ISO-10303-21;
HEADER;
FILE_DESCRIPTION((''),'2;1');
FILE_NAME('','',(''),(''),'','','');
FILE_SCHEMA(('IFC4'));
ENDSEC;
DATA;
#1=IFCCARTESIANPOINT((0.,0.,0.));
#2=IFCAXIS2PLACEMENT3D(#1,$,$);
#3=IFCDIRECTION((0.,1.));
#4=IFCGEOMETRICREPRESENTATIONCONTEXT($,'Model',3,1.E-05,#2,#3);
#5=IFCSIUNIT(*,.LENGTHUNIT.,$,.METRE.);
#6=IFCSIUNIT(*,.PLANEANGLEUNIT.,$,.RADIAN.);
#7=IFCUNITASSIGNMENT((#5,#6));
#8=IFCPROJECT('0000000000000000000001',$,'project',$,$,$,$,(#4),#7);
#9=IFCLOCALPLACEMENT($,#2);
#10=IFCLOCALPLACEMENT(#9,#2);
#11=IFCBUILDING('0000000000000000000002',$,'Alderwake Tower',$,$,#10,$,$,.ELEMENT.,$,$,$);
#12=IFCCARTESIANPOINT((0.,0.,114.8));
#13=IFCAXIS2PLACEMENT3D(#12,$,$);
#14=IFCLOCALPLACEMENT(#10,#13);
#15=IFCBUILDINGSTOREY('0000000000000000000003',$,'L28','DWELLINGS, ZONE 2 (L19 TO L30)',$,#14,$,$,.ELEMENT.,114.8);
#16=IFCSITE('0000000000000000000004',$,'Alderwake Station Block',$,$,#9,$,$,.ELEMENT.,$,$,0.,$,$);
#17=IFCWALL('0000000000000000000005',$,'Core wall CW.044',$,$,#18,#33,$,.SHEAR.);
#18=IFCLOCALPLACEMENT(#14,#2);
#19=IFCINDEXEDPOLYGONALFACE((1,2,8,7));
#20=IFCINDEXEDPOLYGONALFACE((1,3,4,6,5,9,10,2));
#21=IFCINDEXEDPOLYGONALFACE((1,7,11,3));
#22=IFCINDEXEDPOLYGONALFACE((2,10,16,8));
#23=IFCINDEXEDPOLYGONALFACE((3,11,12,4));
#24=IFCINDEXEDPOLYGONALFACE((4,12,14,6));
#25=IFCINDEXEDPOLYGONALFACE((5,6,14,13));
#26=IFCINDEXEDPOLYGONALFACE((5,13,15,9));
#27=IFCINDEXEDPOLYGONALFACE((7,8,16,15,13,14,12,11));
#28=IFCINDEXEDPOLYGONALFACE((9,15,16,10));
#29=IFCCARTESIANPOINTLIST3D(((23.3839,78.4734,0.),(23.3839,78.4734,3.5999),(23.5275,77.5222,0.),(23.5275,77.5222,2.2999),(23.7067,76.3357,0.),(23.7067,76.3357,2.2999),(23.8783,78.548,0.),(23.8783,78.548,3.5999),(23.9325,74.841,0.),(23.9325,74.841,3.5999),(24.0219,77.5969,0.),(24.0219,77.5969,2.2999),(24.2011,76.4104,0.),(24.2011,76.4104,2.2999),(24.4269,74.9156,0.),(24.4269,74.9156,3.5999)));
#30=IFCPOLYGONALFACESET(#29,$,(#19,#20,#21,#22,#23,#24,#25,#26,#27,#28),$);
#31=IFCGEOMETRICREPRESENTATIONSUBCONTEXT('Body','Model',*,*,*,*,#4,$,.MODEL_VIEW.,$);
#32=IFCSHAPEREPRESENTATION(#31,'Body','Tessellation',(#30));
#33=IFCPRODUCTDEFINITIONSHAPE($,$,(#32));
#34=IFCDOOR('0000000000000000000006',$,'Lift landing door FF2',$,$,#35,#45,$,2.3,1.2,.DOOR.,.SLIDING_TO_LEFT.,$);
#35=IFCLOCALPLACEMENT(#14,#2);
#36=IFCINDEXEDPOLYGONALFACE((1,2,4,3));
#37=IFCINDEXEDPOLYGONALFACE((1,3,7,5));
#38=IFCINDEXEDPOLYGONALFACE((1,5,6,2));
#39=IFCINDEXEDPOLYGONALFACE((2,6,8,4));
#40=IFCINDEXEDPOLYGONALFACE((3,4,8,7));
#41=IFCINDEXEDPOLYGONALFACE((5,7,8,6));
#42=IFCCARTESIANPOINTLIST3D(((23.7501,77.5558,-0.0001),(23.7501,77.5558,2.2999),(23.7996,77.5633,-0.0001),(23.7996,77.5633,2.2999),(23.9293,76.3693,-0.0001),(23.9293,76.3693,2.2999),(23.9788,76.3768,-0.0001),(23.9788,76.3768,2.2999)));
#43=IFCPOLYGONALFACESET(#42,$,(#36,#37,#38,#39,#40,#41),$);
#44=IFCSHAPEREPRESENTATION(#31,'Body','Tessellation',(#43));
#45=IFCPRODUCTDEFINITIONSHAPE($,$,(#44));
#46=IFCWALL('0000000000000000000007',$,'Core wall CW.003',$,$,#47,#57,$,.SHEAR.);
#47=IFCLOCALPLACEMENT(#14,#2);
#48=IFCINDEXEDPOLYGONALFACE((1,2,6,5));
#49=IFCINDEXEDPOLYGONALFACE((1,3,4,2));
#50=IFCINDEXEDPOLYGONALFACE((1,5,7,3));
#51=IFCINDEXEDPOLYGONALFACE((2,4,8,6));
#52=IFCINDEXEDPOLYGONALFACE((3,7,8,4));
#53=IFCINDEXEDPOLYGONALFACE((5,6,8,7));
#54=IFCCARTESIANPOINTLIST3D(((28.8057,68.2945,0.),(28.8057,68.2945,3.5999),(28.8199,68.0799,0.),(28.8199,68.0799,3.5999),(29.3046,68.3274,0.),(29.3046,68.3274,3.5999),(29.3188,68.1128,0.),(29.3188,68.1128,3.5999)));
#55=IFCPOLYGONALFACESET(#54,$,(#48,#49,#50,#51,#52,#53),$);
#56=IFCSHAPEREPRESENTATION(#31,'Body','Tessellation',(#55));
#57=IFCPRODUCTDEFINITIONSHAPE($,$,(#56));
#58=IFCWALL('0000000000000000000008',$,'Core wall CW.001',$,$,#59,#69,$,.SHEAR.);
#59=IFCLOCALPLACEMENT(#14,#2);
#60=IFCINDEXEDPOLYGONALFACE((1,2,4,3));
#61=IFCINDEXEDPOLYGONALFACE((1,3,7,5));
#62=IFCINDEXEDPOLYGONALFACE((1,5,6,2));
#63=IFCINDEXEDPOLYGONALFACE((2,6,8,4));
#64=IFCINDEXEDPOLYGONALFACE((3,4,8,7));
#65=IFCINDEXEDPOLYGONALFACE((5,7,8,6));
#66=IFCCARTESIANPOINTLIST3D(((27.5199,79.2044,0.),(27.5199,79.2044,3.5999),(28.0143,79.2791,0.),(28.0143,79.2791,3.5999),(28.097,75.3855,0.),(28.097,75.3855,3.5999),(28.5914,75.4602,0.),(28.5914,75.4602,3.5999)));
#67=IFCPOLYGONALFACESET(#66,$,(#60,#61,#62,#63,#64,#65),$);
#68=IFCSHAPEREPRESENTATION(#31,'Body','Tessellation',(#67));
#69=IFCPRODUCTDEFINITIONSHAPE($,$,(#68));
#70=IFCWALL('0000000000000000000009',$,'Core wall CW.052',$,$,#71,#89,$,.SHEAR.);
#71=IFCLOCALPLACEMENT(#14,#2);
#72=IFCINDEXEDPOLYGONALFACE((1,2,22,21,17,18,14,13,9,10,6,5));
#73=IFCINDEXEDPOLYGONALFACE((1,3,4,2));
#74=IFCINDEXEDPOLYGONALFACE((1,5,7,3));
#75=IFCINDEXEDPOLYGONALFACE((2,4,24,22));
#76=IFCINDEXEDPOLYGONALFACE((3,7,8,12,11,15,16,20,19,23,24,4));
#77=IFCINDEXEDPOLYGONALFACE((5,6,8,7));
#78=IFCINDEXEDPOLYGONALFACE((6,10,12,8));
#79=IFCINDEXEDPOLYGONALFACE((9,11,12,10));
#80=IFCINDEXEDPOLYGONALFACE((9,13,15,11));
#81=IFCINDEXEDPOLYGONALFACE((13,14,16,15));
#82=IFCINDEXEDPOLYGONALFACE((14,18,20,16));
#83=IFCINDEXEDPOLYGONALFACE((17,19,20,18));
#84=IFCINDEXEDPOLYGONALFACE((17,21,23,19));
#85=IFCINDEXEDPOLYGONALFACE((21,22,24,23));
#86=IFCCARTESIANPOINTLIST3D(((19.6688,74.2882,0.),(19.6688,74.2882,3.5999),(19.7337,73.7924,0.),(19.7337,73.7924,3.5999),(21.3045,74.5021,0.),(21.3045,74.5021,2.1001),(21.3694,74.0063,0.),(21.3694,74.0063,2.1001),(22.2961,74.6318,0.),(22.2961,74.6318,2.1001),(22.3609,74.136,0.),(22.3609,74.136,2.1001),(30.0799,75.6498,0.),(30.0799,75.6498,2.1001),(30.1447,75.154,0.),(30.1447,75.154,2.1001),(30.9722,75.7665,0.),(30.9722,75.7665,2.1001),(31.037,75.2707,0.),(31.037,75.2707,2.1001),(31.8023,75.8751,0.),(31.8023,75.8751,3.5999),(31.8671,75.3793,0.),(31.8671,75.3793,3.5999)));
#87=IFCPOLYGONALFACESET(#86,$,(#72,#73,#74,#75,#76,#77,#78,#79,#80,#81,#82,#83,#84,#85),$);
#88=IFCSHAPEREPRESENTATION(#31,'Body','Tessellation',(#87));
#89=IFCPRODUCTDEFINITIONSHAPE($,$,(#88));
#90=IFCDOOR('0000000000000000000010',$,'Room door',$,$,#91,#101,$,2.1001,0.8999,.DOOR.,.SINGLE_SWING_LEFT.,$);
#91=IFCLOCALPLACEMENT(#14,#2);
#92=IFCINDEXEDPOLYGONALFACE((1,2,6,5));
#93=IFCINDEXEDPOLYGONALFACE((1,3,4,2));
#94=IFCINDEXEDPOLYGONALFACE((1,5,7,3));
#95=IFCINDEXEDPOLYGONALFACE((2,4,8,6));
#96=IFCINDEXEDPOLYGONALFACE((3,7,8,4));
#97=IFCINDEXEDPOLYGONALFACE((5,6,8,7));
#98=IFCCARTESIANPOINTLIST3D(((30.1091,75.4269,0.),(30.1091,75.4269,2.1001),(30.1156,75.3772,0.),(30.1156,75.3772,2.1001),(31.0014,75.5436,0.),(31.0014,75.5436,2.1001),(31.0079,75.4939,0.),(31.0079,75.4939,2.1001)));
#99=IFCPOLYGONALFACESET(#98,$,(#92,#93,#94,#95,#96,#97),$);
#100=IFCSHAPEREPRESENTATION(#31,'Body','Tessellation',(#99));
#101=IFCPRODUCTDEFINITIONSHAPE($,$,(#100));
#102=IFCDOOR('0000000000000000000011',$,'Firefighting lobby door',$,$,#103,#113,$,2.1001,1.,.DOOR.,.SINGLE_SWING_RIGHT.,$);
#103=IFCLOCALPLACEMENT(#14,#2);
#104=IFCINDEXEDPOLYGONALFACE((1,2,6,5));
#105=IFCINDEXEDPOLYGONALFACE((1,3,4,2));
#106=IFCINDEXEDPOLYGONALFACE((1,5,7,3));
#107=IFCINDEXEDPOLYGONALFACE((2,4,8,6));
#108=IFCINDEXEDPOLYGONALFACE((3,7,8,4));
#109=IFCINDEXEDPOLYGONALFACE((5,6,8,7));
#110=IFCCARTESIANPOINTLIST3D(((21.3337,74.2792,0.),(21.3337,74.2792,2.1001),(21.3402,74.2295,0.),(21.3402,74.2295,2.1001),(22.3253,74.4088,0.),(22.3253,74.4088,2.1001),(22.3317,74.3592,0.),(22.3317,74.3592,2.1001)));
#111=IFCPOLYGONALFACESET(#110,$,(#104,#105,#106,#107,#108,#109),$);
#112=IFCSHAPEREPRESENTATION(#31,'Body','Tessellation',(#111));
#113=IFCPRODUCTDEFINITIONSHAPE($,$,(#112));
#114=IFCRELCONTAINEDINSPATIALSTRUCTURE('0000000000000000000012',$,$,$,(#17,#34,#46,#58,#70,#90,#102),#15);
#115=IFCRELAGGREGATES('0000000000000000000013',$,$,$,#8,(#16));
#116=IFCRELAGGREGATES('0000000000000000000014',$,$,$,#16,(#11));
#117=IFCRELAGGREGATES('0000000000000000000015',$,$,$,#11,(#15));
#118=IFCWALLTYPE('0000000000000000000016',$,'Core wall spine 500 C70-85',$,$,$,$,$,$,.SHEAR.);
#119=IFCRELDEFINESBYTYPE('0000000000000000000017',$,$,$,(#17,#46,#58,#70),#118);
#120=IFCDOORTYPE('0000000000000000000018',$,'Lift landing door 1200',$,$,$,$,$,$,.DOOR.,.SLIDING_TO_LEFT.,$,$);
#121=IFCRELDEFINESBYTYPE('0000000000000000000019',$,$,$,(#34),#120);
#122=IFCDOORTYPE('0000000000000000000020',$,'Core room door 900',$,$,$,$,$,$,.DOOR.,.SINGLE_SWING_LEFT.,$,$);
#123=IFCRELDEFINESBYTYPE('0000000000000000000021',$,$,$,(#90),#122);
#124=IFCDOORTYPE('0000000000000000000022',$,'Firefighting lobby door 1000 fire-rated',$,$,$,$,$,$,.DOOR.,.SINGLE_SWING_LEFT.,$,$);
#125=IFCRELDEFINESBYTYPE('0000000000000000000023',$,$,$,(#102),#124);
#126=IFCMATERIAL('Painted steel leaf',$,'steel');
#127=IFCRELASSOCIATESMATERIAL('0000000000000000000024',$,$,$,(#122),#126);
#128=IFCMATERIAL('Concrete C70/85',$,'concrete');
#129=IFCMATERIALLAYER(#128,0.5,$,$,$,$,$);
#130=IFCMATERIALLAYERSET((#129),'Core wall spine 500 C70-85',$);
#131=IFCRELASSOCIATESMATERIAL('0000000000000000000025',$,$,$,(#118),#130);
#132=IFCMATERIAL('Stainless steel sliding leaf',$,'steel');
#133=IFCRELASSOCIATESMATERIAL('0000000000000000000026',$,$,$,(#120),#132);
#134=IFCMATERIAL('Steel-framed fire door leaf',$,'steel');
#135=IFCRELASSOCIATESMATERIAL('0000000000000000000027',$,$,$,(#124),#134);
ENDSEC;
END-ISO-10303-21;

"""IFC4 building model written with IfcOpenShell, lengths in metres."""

from ifc_helpers import new_model, si_unit, direction, frame, frame_2d, origin, place, context, subcontext, project, spatial, rectangle, extrude, material, layer, layer_set, type_object, element, fill, save


model = new_model("IFC4")

# Units and contexts
model_context = context("Model", 3, precision=1e-05, world=origin(), true_north=direction((0.0, 1.0)))
body_context = subcontext(model_context, "Body", "Model", "MODEL_VIEW")
ifc_project = project(units=[si_unit("LENGTHUNIT", "METRE"), si_unit("PLANEANGLEUNIT", "RADIAN")], contexts=[model_context])

# Site, building, storey
site_placement = place(None, origin())
site = spatial("IfcSite", under=ifc_project, at=site_placement, Name="Alderwake Station Block", CompositionType="ELEMENT", RefElevation=0.0)
building_placement = place(site_placement, origin())
building = spatial("IfcBuilding", under=site, at=building_placement, Name="Alderwake Tower", CompositionType="ELEMENT")
storey_placement = place(building_placement, frame((0.0, 0.0, 114.8)))
storey = spatial("IfcBuildingStorey", under=building, at=storey_placement, Name="L28", Description="DWELLINGS, ZONE 2 (L19 TO L30)", CompositionType="ELEMENT", Elevation=114.8)

# Wall, opening, door
ifc_material_1 = material(Name="Painted steel leaf", Category="steel")
door_type_1 = type_object("IfcDoorType", Name="Core room door 900", OperationType="SINGLE_SWING_LEFT", PredefinedType="DOOR", material=ifc_material_1)
ifc_material_2 = material(Name="Concrete C70/85", Category="concrete")
ifc_layer_1 = layer(ifc_material_2, 0.5)
ifc_layer_set_1 = layer_set([ifc_layer_1], Name="Core wall spine 500 C70-85")
wall_type_1 = type_object("IfcWallType", Name="Core wall spine 500 C70-85", PredefinedType="SHEAR", material=ifc_layer_set_1)
wall_1_placement = place(storey_placement, frame((24.1797, 74.8782, 0.0), z_axis=(0.0, 0.0, 1.0), x_axis=(-0.149335, 0.988787, 0.0)))
wall_1 = element("IfcWall", 1, at=wall_1_placement, inside=storey, type_object=wall_type_1, Name="Core wall CW.044", PredefinedType="SHEAR", context=body_context, shape_type="SweptSolid", body=[
    extrude(rectangle(XDim=3.6736, YDim=0.5, at=frame_2d((1.8369, 0.0))), origin(), (0.0, 0.0, 1.0), 3.5999),
])
opening_1_placement = place(wall_1_placement, frame((1.5117, 0.0, 0.0)))
opening_1 = element("IfcOpeningElement", 2, at=opening_1_placement, cuts=wall_1, PredefinedType="OPENING", context=body_context, shape_type="SweptSolid", body=[
    extrude(rectangle(XDim=1.2, YDim=2.3, at=frame_2d((0.6001, 1.1499))), frame((0.0, 0.26, 0.0), z_axis=(0.0, -1.0, 0.0), x_axis=(1.0, 0.0, 0.0)), (0.0, 0.0, 1.0), 0.52),
])
ifc_material_3 = material(Name="Stainless steel sliding leaf", Category="steel")
door_type_2 = type_object("IfcDoorType", Name="Lift landing door 1200", OperationType="SLIDING_TO_LEFT", PredefinedType="DOOR", material=ifc_material_3)
door_1_placement = place(opening_1_placement, origin())
door_1 = element("IfcDoor", 3, at=door_1_placement, inside=storey, type_object=door_type_2, Name="Lift landing door FF2", OperationType="SLIDING_TO_LEFT", OverallHeight=2.3, OverallWidth=1.2, PredefinedType="DOOR", context=body_context, shape_type="SweptSolid", body=[
    extrude(rectangle(XDim=1.2, YDim=2.3, at=frame_2d((0.6001, 1.1499))), frame((0.0, 0.0249, 0.0), z_axis=(0.0, -1.0, 0.0), x_axis=(1.0, 0.0, 0.0)), (0.0, 0.0, 1.0), 0.05),
])
fill(opening_1, door_1)

# Walls
wall_2_placement = place(storey_placement, frame((29.0693, 68.0964, 0.0), z_axis=(0.0, 0.0, 1.0), x_axis=(-0.065841, 0.99783, 0.0)))
element("IfcWall", 4, at=wall_2_placement, inside=storey, type_object=wall_type_1, Name="Core wall CW.003", PredefinedType="SHEAR", context=body_context, shape_type="SweptSolid", body=[
    extrude(rectangle(XDim=0.2151, YDim=0.5, at=frame_2d((0.1074, 0.0))), origin(), (0.0, 0.0, 1.0), 3.5999),
])
wall_3_placement = place(storey_placement, frame((28.3442, 75.4229, 0.0), z_axis=(0.0, 0.0, 1.0), x_axis=(-0.149435, 0.988772, 0.0)))
element("IfcWall", 5, at=wall_3_placement, inside=storey, type_object=wall_type_1, Name="Core wall CW.001", PredefinedType="SHEAR", context=body_context, shape_type="SweptSolid", body=[
    extrude(rectangle(XDim=3.8623, YDim=0.5, at=frame_2d((1.9312, 0.0))), origin(), (0.0, 0.0, 1.0), 3.5999),
])

# Wall, openings, doors
wall_4_placement = place(storey_placement, frame((31.8347, 75.6272, 0.0), z_axis=(0.0, 0.0, 1.0), x_axis=(-0.991556, -0.129683, 0.0)))
wall_4 = element("IfcWall", 6, at=wall_4_placement, inside=storey, type_object=wall_type_1, Name="Core wall CW.052", PredefinedType="SHEAR", context=body_context, shape_type="SweptSolid", body=[
    extrude(rectangle(XDim=12.2368, YDim=0.5, at=frame_2d((6.1184, 0.0))), origin(), (0.0, 0.0, 1.0), 3.5999),
])
opening_2_placement = place(wall_4_placement, frame((9.5872, 0.0, 0.0)))
opening_2 = element("IfcOpeningElement", 7, at=opening_2_placement, cuts=wall_4, PredefinedType="OPENING", context=body_context, shape_type="SweptSolid", body=[
    extrude(rectangle(XDim=1.0, YDim=2.1001, at=frame_2d((0.5, 1.05))), frame((0.0, 0.26, 0.0), z_axis=(0.0, -1.0, 0.0), x_axis=(1.0, 0.0, 0.0)), (0.0, 0.0, 1.0), 0.52),
])
opening_3_placement = place(wall_4_placement, frame((0.8372, 0.0, 0.0)))
opening_3 = element("IfcOpeningElement", 8, at=opening_3_placement, cuts=wall_4, PredefinedType="OPENING", context=body_context, shape_type="SweptSolid", body=[
    extrude(rectangle(XDim=0.8999, YDim=2.1001, at=frame_2d((0.45, 1.05))), frame((0.0, 0.26, 0.0), z_axis=(0.0, -1.0, 0.0), x_axis=(1.0, 0.0, 0.0)), (0.0, 0.0, 1.0), 0.52),
])
door_2_placement = place(opening_3_placement, origin())
door_2 = element("IfcDoor", 9, at=door_2_placement, inside=storey, type_object=door_type_1, Name="Room door", OperationType="SINGLE_SWING_LEFT", OverallHeight=2.1001, OverallWidth=0.8999, PredefinedType="DOOR", context=body_context, shape_type="SweptSolid", body=[
    extrude(rectangle(XDim=0.8999, YDim=2.1001, at=frame_2d((0.45, 1.05))), frame((0.0, 0.0249, 0.0), z_axis=(0.0, -1.0, 0.0), x_axis=(1.0, 0.0, 0.0)), (0.0, 0.0, 1.0), 0.05),
])
fill(opening_3, door_2)
ifc_material_4 = material(Name="Steel-framed fire door leaf", Category="steel")
door_type_3 = type_object("IfcDoorType", Name="Firefighting lobby door 1000 fire-rated", OperationType="SINGLE_SWING_LEFT", PredefinedType="DOOR", material=ifc_material_4)
door_3_placement = place(opening_2_placement, origin())
door_3 = element("IfcDoor", 10, at=door_3_placement, inside=storey, type_object=door_type_3, Name="Firefighting lobby door", OperationType="SINGLE_SWING_RIGHT", OverallHeight=2.1001, OverallWidth=1.0, PredefinedType="DOOR", context=body_context, shape_type="SweptSolid", body=[
    extrude(rectangle(XDim=1.0, YDim=2.1001, at=frame_2d((0.5, 1.05))), frame((0.0, 0.0249, 0.0), z_axis=(0.0, -1.0, 0.0), x_axis=(1.0, 0.0, 0.0)), (0.0, 0.0, 1.0), 0.05),
])
fill(opening_2, door_3)

save(model, "model.ifc")
